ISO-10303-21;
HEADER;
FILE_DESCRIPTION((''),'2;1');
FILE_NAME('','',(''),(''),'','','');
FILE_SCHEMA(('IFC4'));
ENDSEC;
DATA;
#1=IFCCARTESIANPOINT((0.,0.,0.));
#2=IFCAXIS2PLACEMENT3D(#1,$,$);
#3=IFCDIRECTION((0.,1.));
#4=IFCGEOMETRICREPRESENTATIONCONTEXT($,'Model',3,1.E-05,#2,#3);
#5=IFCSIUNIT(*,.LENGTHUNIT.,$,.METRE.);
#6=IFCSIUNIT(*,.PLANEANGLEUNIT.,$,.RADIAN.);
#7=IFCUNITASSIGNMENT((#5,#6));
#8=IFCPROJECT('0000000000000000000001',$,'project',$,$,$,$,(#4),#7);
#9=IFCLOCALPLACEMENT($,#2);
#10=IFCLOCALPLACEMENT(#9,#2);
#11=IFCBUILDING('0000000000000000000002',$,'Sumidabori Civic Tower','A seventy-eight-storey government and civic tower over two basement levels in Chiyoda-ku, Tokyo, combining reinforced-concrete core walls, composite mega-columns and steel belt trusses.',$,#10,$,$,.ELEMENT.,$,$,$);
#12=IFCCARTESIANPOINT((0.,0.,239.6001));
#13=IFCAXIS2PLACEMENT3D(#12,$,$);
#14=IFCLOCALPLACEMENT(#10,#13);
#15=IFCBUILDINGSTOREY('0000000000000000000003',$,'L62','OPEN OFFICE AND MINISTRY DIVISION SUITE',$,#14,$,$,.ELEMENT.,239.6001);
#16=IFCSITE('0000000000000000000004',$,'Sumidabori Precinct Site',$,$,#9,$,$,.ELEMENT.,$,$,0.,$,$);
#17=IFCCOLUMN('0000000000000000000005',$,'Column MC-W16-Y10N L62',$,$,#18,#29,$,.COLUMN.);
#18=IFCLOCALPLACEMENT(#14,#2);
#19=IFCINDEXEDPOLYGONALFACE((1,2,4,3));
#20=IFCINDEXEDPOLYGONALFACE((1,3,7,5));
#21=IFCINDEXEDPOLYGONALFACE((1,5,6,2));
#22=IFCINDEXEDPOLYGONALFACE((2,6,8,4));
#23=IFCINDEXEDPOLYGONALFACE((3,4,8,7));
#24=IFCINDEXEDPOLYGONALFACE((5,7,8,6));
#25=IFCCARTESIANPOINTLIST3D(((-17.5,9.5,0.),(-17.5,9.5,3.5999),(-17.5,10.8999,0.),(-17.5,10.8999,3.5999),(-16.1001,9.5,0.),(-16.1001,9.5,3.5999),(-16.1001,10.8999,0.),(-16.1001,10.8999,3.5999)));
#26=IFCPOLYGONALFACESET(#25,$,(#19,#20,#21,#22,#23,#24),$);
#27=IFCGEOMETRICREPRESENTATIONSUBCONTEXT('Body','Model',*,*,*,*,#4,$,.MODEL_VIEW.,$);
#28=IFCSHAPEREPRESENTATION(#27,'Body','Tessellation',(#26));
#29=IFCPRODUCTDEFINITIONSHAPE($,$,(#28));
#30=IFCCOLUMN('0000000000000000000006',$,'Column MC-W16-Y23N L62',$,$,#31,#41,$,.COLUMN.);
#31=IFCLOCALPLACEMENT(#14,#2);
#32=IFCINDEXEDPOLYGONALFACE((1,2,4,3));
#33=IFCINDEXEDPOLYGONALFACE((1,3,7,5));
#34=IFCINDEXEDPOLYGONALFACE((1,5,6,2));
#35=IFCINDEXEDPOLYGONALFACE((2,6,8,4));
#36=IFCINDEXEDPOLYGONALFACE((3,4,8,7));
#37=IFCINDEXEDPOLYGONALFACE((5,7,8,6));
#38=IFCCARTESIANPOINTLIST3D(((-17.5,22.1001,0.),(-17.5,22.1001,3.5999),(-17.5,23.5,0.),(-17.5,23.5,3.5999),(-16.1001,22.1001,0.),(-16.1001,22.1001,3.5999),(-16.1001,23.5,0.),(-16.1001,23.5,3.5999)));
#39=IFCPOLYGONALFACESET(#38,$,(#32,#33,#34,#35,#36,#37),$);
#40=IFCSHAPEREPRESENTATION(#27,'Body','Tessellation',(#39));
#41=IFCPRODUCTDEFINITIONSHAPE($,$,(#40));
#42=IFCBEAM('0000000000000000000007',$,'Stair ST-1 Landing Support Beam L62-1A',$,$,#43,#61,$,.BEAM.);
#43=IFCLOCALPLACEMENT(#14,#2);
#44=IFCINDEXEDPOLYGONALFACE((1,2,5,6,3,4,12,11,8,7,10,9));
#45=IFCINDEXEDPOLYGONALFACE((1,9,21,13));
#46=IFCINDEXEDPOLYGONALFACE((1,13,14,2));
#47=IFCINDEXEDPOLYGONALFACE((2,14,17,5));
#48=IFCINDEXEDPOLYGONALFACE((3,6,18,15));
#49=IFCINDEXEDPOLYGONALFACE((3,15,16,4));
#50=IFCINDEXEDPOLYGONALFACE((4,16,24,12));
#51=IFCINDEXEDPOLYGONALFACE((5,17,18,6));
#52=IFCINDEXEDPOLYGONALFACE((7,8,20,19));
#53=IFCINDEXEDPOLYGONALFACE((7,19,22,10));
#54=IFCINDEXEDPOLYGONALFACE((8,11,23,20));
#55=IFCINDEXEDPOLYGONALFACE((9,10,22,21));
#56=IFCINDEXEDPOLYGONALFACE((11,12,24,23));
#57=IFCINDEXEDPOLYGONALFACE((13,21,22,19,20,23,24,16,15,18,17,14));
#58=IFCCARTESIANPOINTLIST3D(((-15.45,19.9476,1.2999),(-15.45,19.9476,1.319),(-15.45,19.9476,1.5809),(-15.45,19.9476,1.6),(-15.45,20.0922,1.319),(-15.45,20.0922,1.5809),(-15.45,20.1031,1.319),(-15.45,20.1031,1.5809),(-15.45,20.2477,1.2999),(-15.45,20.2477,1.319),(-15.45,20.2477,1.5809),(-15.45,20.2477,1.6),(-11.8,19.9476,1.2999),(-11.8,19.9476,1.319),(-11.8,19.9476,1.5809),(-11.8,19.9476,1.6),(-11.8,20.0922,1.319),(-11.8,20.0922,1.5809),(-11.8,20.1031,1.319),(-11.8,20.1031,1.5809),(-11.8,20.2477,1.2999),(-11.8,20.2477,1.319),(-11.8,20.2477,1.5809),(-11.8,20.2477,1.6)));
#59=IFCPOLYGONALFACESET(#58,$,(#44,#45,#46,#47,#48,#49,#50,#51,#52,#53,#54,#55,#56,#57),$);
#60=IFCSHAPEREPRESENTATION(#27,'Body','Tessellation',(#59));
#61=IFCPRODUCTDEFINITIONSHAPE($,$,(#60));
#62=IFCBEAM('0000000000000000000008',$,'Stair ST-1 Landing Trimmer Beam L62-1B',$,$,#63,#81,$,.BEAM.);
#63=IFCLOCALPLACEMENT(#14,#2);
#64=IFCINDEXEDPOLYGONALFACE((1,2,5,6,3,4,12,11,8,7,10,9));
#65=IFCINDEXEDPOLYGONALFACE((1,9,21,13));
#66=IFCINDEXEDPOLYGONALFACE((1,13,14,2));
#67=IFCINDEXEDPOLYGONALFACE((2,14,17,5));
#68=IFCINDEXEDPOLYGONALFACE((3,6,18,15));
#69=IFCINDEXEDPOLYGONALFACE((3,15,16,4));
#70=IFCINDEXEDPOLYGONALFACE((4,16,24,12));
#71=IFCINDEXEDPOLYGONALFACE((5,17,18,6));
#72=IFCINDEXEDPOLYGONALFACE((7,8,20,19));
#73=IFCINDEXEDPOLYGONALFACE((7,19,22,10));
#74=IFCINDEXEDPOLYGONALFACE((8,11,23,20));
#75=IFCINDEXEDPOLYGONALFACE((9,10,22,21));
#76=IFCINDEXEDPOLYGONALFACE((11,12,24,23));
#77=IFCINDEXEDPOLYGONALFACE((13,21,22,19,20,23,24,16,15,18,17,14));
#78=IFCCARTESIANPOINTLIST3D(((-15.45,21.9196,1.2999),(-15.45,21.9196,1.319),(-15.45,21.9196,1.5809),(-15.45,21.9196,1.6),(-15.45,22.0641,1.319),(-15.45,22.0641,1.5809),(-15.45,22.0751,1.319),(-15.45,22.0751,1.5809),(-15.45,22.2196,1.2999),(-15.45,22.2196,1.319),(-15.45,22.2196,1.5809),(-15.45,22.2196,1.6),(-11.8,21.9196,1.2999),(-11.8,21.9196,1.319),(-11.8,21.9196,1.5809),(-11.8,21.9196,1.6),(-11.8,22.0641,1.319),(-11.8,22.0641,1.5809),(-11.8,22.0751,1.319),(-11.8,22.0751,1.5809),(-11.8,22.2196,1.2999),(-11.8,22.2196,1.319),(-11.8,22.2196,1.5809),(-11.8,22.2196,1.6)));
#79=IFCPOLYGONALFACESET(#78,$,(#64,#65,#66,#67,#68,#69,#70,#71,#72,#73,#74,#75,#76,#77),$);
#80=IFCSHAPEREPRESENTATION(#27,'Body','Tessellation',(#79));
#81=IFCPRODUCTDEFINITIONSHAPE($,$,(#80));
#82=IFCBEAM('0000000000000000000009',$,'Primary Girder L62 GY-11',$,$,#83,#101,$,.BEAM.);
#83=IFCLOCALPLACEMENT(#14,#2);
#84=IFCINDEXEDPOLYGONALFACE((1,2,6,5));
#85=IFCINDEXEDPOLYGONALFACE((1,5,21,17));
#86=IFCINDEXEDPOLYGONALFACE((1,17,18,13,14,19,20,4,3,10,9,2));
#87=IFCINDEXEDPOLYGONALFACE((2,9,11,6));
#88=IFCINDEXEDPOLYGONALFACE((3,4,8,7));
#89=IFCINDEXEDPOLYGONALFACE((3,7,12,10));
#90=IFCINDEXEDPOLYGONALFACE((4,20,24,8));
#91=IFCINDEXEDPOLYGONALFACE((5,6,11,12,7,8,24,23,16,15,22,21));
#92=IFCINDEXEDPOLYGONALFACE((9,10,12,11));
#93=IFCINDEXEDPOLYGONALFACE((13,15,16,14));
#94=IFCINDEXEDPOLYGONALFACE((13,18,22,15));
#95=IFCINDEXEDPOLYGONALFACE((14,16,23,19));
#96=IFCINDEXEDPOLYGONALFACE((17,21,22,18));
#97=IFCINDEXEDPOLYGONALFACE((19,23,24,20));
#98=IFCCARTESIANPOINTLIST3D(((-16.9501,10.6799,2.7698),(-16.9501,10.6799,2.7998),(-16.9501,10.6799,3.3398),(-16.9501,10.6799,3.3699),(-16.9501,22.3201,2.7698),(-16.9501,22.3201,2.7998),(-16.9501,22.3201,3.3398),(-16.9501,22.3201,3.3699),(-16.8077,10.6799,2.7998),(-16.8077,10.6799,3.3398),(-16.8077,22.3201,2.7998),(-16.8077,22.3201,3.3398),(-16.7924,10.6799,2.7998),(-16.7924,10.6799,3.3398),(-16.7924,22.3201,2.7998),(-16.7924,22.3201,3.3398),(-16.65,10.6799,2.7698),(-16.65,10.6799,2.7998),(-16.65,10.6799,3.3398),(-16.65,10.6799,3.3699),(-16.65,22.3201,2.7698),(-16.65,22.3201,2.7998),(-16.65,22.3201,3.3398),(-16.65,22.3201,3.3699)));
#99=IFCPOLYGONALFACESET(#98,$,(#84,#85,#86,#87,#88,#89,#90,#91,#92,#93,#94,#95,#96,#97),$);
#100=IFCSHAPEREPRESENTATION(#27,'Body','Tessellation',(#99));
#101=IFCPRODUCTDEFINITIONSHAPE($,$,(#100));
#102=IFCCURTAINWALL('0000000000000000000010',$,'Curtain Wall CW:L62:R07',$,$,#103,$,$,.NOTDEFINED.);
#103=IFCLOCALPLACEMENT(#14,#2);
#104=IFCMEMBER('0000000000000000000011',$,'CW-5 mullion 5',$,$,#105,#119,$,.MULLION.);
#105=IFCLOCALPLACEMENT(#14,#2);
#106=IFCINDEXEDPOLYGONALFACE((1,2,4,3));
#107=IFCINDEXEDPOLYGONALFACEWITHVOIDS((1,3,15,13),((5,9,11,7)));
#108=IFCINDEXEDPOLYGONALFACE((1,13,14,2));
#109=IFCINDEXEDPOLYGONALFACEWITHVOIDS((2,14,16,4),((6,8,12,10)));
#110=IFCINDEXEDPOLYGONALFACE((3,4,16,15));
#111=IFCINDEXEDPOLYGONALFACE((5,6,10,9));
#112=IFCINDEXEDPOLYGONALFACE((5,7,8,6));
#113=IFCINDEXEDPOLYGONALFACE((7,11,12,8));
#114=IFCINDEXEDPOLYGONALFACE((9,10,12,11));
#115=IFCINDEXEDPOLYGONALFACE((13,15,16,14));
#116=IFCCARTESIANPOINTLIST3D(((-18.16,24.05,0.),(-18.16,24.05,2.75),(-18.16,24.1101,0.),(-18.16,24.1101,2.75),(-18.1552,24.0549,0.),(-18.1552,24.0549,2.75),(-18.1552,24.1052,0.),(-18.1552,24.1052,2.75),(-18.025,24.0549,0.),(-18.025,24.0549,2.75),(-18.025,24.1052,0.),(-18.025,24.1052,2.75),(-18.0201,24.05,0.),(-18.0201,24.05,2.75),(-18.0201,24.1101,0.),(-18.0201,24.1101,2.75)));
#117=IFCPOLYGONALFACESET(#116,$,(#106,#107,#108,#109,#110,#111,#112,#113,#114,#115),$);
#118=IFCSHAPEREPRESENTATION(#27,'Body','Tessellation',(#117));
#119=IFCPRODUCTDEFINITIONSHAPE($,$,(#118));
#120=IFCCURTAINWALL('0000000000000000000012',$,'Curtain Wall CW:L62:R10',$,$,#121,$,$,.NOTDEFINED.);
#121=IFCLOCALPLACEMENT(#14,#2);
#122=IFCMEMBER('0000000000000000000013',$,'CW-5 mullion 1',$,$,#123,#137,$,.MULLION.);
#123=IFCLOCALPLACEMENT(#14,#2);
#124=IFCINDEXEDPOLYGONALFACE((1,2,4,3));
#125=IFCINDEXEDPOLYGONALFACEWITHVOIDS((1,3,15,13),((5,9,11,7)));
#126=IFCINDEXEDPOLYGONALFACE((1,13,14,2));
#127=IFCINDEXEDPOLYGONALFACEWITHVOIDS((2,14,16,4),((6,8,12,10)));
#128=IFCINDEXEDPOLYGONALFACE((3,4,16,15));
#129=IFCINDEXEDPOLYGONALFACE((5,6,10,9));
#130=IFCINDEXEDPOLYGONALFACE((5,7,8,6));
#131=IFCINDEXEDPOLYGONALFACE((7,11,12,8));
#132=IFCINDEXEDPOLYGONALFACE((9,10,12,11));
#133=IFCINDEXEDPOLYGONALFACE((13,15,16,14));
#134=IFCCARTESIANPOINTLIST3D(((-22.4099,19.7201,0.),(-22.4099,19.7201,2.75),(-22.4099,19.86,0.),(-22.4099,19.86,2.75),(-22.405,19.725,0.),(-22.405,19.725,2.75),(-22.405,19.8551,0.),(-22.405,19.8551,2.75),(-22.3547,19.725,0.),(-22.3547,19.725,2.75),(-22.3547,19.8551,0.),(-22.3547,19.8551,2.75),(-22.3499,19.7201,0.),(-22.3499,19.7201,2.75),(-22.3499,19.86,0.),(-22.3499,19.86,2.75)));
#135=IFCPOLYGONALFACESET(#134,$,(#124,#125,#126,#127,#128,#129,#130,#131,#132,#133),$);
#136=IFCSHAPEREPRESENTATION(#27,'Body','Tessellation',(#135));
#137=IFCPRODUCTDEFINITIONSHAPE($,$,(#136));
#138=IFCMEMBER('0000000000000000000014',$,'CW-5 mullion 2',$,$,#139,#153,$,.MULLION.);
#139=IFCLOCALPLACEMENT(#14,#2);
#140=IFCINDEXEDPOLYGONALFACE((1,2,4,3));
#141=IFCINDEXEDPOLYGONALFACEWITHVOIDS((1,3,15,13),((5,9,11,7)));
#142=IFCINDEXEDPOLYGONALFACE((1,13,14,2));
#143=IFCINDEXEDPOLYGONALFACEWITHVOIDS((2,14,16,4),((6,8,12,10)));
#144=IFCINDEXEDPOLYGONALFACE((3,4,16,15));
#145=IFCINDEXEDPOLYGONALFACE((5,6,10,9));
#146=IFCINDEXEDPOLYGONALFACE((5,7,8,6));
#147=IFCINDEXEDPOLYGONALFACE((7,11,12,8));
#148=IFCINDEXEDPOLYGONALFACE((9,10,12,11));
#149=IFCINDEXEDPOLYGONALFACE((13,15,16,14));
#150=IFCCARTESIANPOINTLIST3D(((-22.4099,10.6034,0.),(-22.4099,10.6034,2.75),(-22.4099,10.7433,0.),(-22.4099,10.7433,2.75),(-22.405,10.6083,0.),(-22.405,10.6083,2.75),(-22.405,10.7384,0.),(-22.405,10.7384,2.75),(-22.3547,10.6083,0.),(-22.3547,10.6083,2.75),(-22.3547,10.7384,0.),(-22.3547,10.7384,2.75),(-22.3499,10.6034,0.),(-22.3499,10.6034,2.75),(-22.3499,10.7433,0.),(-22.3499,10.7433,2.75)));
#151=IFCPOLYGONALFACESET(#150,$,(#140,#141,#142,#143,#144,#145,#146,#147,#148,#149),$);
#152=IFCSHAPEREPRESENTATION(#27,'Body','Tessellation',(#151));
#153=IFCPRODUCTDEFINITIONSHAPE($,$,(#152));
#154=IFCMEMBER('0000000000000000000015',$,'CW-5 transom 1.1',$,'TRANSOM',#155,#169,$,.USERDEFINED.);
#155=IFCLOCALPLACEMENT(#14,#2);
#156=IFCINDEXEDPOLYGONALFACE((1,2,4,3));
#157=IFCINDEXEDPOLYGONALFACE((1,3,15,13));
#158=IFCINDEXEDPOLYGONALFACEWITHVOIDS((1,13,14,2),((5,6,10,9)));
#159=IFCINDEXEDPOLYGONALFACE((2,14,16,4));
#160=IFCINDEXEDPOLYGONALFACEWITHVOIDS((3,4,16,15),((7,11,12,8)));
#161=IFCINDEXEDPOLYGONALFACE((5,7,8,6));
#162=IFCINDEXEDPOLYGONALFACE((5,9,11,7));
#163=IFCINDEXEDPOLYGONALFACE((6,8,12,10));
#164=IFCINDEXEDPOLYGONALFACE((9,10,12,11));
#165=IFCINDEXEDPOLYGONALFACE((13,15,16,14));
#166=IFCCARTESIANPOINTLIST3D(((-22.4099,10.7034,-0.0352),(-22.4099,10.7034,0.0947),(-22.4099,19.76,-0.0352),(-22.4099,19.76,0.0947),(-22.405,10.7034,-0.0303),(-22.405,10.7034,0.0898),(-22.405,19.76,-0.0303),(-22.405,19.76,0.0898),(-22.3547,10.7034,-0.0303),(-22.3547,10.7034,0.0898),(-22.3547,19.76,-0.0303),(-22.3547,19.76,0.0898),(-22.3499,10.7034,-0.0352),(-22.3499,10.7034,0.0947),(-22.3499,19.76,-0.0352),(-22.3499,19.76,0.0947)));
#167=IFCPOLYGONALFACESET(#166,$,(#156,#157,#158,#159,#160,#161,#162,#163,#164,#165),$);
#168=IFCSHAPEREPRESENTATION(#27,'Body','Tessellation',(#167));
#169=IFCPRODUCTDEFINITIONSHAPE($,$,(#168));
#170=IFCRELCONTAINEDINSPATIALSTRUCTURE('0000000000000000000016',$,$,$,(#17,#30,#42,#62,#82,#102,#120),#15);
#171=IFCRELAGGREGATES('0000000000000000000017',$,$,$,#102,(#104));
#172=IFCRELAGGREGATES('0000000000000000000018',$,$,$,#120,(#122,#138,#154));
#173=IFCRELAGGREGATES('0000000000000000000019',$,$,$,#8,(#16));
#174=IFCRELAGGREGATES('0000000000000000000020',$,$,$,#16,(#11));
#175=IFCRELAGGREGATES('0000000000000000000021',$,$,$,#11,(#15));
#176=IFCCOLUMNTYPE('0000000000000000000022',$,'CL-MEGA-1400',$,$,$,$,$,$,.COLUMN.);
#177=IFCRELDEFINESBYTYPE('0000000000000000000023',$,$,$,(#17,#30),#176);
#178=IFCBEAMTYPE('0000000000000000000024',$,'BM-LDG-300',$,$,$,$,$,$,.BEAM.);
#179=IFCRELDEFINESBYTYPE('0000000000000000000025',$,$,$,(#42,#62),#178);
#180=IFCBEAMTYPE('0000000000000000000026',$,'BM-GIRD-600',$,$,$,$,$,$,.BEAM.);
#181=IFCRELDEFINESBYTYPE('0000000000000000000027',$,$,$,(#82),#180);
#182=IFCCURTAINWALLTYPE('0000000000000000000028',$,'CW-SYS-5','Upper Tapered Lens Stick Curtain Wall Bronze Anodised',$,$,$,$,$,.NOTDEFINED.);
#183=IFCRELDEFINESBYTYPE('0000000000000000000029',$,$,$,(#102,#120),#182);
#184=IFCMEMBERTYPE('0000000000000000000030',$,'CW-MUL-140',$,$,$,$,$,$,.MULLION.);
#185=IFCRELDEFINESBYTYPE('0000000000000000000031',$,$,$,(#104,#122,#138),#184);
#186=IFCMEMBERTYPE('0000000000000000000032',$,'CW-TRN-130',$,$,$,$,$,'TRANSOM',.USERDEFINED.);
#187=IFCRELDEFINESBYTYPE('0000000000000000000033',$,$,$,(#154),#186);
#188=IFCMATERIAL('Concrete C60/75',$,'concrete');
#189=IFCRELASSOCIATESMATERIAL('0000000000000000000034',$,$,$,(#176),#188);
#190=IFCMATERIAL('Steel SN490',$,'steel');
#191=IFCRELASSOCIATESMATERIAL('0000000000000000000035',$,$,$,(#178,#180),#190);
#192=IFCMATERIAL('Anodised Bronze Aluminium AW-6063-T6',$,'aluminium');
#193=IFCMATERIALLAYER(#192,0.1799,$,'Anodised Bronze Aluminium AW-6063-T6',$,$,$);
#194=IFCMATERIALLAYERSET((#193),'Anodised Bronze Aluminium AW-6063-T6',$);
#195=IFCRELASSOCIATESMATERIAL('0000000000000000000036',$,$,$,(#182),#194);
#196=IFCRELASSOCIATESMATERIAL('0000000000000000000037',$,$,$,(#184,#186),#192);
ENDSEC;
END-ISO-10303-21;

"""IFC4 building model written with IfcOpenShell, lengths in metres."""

from ifc_helpers import new_model, si_unit, direction, frame, origin, origin_2d, place, context, subcontext, project, spatial, rectangle, hollow_rectangle, i_section, extrude, source, transform, mapped, material, layer, layer_set, material_profile, profile_set, type_object, element, aggregate, save


model = new_model("IFC4")

# Units and contexts
model_context = context("Model", 3, precision=1e-05, world=origin(), true_north=direction((0.0, 1.0)))
body_context = subcontext(model_context, "Body", "Model", "MODEL_VIEW")
ifc_project = project(units=[si_unit("LENGTHUNIT", "METRE"), si_unit("PLANEANGLEUNIT", "RADIAN")], contexts=[model_context])

# Site, building, storey
site_placement = place(None, origin())
site = spatial("IfcSite", under=ifc_project, at=site_placement, Name="Sumidabori Precinct Site", CompositionType="ELEMENT", RefElevation=0.0)
building_placement = place(site_placement, origin())
building = spatial("IfcBuilding", under=site, at=building_placement, Name="Sumidabori Civic Tower", Description="A seventy-eight-storey government and civic tower over two basement levels in Chiyoda-ku, Tokyo, combining reinforced-concrete core walls, composite mega-columns and steel belt trusses.", CompositionType="ELEMENT")
storey_placement = place(building_placement, frame((0.0, 0.0, 239.6001)))
storey = spatial("IfcBuildingStorey", under=building, at=storey_placement, Name="L62", Description="OPEN OFFICE AND MINISTRY DIVISION SUITE", CompositionType="ELEMENT", Elevation=239.6001)

# Columns
ifc_material_1 = material(Name="Concrete C60/75", Category="concrete")
ifc_material_profile_1 = material_profile(ifc_material_1, rectangle(XDim=1.3999, YDim=1.3999, at=origin_2d()), Name="RC 1400x1400")
ifc_profile_set_1 = profile_set([ifc_material_profile_1], Name="Concrete C60/75")
column_type = type_object("IfcColumnType", Name="CL-MEGA-1400", PredefinedType="COLUMN", material=ifc_profile_set_1)
shared_shape_1 = source(origin(), body_context, "Body", "SweptSolid", [
    extrude(rectangle(XDim=1.3999, YDim=1.3999, at=origin_2d()), origin(), (0.0, 0.0, 1.0), 3.5999),
])
for number, where, z_axis, x_axis, name in (
    (1, (-16.8, 10.2, 0.0), (0.0, 0.0, 1.0), (1.0, 0.0, 0.0), "Column MC-W16-Y10N L62"),
    (2, (-16.8, 22.8, 0.0), (0.0, 0.0, 1.0), (1.0, 0.0, 0.0), "Column MC-W16-Y23N L62"),
):
    element("IfcColumn", number, at=place(storey_placement, frame(where, z_axis=z_axis, x_axis=x_axis)), inside=storey, type_object=column_type, Name=name, PredefinedType="COLUMN", context=body_context, shape_type="MappedRepresentation", body=[
        mapped(shared_shape_1, transform((0.0, 0.0, 0.0), x_axis=(1.0, 0.0, 0.0), y_axis=(0.0, 1.0, 0.0), z_axis=(0.0, 0.0, 1.0), scale=1.0)),
    ])

# Beams
ifc_material_2 = material(Name="Steel SN490", Category="steel")
ifc_material_profile_2 = material_profile(ifc_material_2, i_section(OverallWidth=0.3, OverallDepth=0.3, WebThickness=0.011, FlangeThickness=0.019, at=origin_2d()), Name="HE 300 B")
ifc_profile_set_2 = profile_set([ifc_material_profile_2], Name="Steel SN490")
beam_type_1 = type_object("IfcBeamType", Name="BM-LDG-300", PredefinedType="BEAM", material=ifc_profile_set_2)
shared_shape_2 = source(origin(), body_context, "Body", "SweptSolid", [
    extrude(i_section(OverallWidth=0.3, OverallDepth=0.3, WebThickness=0.011, FlangeThickness=0.019, at=origin_2d()), origin(), (0.0, 0.0, 1.0), 3.6499),
])
for number, where, z_axis, x_axis, name in (
    (3, (-15.45, 20.0977, 1.45), (1.0, 0.0, 0.0), (0.0, 1.0, 0.0), "Stair ST-1 Landing Support Beam L62-1A"),
    (4, (-15.45, 22.0696, 1.45), (1.0, 0.0, 0.0), (0.0, 1.0, 0.0), "Stair ST-1 Landing Trimmer Beam L62-1B"),
):
    element("IfcBeam", number, at=place(storey_placement, frame(where, z_axis=z_axis, x_axis=x_axis)), inside=storey, type_object=beam_type_1, Name=name, PredefinedType="BEAM", context=body_context, shape_type="MappedRepresentation", body=[
        mapped(shared_shape_2, transform((0.0, 0.0, 0.0), x_axis=(1.0, 0.0, 0.0), y_axis=(0.0, 1.0, 0.0), z_axis=(0.0, 0.0, 1.0), scale=1.0)),
    ])
ifc_material_profile_3 = material_profile(ifc_material_2, i_section(OverallWidth=0.3, OverallDepth=0.6001, WebThickness=0.0154, FlangeThickness=0.03, at=origin_2d()), Name="HE 600 B")
ifc_profile_set_3 = profile_set([ifc_material_profile_3], Name="Steel SN490")
beam_type_2 = type_object("IfcBeamType", Name="BM-GIRD-600", PredefinedType="BEAM", material=ifc_profile_set_3)
shared_shape_3 = source(origin(), body_context, "Body", "SweptSolid", [
    extrude(i_section(OverallWidth=0.3, OverallDepth=0.6001, WebThickness=0.0154, FlangeThickness=0.03, at=origin_2d()), origin(), (0.0, 0.0, 1.0), 11.6401),
])
beam_placement = place(storey_placement, frame((-16.8, 10.6799, 3.0698), z_axis=(0.0, 1.0, 0.0), x_axis=(-1.0, 0.0, 0.0)))
element("IfcBeam", 5, at=beam_placement, inside=storey, type_object=beam_type_2, Name="Primary Girder L62 GY-11", PredefinedType="BEAM", context=body_context, shape_type="MappedRepresentation", body=[
    mapped(shared_shape_3, transform((0.0, 0.0, 0.0), x_axis=(1.0, 0.0, 0.0), y_axis=(0.0, 1.0, 0.0), z_axis=(0.0, 0.0, 1.0), scale=1.0)),
])

# Curtain wall, member
ifc_material_3 = material(Name="Anodised Bronze Aluminium AW-6063-T6", Category="aluminium")
ifc_layer_1 = layer(ifc_material_3, 0.1799, Name="Anodised Bronze Aluminium AW-6063-T6")
ifc_layer_set_1 = layer_set([ifc_layer_1], Name="Anodised Bronze Aluminium AW-6063-T6")
curtain_wall_type = type_object("IfcCurtainWallType", Name="CW-SYS-5", Description="Upper Tapered Lens Stick Curtain Wall Bronze Anodised", PredefinedType="NOTDEFINED", material=ifc_layer_set_1)
curtain_wall_1_placement = place(storey_placement, origin())
curtain_wall_1 = element("IfcCurtainWall", 6, at=curtain_wall_1_placement, inside=storey, type_object=curtain_wall_type, Name="Curtain Wall CW:L62:R07", PredefinedType="NOTDEFINED")
ifc_material_profile_4 = material_profile(ifc_material_3, hollow_rectangle(XDim=0.0601, YDim=0.1399, WallThickness=0.0049, at=origin_2d()), Name="ALU MULLION 140x60")
ifc_profile_set_4 = profile_set([ifc_material_profile_4], Name="Anodised Bronze Aluminium AW-6063-T6")
member_type_1 = type_object("IfcMemberType", Name="CW-MUL-140", PredefinedType="MULLION", material=ifc_profile_set_4)
shared_shape_4 = source(origin(), body_context, "Body", "SweptSolid", [
    extrude(hollow_rectangle(XDim=0.0601, YDim=0.1399, WallThickness=0.0049, at=origin_2d()), origin(), (0.0, 0.0, 1.0), 2.75),
])
member_1_placement = place(storey_placement, frame((-18.0901, 24.0801, 0.0), z_axis=(0.0, 0.0, 1.0), x_axis=(0.0, -1.0, 0.0)))
member_1 = element("IfcMember", 7, at=member_1_placement, type_object=member_type_1, Name="CW-5 mullion 5", PredefinedType="MULLION", context=body_context, shape_type="MappedRepresentation", body=[
    mapped(shared_shape_4, transform((0.0, 0.0, 0.0), x_axis=(1.0, 0.0, 0.0), y_axis=(0.0, 1.0, 0.0), z_axis=(0.0, 0.0, 1.0), scale=1.0)),
])

# Curtain wall, members
curtain_wall_2_placement = place(storey_placement, origin())
curtain_wall_2 = element("IfcCurtainWall", 8, at=curtain_wall_2_placement, inside=storey, type_object=curtain_wall_type, Name="Curtain Wall CW:L62:R10", PredefinedType="NOTDEFINED")
member_2_placement = place(storey_placement, frame((-22.3799, 19.79, 0.0), z_axis=(0.0, 0.0, 1.0), x_axis=(1.0, 0.0, 0.0)))
member_2 = element("IfcMember", 9, at=member_2_placement, type_object=member_type_1, Name="CW-5 mullion 1", PredefinedType="MULLION", context=body_context, shape_type="MappedRepresentation", body=[
    mapped(shared_shape_4, transform((0.0, 0.0, 0.0), x_axis=(1.0, 0.0, 0.0), y_axis=(0.0, 1.0, 0.0), z_axis=(0.0, 0.0, 1.0), scale=1.0)),
])
member_3_placement = place(storey_placement, frame((-22.3799, 10.6733, 0.0), z_axis=(0.0, 0.0, 1.0), x_axis=(1.0, 0.0, 0.0)))
member_3 = element("IfcMember", 10, at=member_3_placement, type_object=member_type_1, Name="CW-5 mullion 2", PredefinedType="MULLION", context=body_context, shape_type="MappedRepresentation", body=[
    mapped(shared_shape_4, transform((0.0, 0.0, 0.0), x_axis=(1.0, 0.0, 0.0), y_axis=(0.0, 1.0, 0.0), z_axis=(0.0, 0.0, 1.0), scale=1.0)),
])
ifc_material_profile_5 = material_profile(ifc_material_3, hollow_rectangle(XDim=0.0601, YDim=0.1299, WallThickness=0.0049, at=origin_2d()), Name="ALU TRANSOM 130x60")
ifc_profile_set_5 = profile_set([ifc_material_profile_5], Name="Anodised Bronze Aluminium AW-6063-T6")
member_type_2 = type_object("IfcMemberType", Name="CW-TRN-130", ElementType="TRANSOM", PredefinedType="USERDEFINED", material=ifc_profile_set_5)
shared_shape_5 = source(origin(), body_context, "Body", "SweptSolid", [
    extrude(hollow_rectangle(XDim=0.0601, YDim=0.1299, WallThickness=0.0049, at=origin_2d()), origin(), (0.0, 0.0, 1.0), 9.0566),
])
member_4_placement = place(storey_placement, frame((-22.3799, 19.76, 0.0298), z_axis=(0.0, -1.0, 0.0), x_axis=(1.0, 0.0, 0.0)))
member_4 = element("IfcMember", 11, at=member_4_placement, type_object=member_type_2, Name="CW-5 transom 1.1", ObjectType="TRANSOM", PredefinedType="USERDEFINED", context=body_context, shape_type="MappedRepresentation", body=[
    mapped(shared_shape_5, transform((0.0, 0.0, 0.0), x_axis=(1.0, 0.0, 0.0), y_axis=(0.0, 1.0, 0.0), z_axis=(0.0, 0.0, 1.0), scale=1.0)),
])

aggregate(curtain_wall_1, [member_1])
aggregate(curtain_wall_2, [member_2, member_3, member_4])

save(model, "model.ifc")
